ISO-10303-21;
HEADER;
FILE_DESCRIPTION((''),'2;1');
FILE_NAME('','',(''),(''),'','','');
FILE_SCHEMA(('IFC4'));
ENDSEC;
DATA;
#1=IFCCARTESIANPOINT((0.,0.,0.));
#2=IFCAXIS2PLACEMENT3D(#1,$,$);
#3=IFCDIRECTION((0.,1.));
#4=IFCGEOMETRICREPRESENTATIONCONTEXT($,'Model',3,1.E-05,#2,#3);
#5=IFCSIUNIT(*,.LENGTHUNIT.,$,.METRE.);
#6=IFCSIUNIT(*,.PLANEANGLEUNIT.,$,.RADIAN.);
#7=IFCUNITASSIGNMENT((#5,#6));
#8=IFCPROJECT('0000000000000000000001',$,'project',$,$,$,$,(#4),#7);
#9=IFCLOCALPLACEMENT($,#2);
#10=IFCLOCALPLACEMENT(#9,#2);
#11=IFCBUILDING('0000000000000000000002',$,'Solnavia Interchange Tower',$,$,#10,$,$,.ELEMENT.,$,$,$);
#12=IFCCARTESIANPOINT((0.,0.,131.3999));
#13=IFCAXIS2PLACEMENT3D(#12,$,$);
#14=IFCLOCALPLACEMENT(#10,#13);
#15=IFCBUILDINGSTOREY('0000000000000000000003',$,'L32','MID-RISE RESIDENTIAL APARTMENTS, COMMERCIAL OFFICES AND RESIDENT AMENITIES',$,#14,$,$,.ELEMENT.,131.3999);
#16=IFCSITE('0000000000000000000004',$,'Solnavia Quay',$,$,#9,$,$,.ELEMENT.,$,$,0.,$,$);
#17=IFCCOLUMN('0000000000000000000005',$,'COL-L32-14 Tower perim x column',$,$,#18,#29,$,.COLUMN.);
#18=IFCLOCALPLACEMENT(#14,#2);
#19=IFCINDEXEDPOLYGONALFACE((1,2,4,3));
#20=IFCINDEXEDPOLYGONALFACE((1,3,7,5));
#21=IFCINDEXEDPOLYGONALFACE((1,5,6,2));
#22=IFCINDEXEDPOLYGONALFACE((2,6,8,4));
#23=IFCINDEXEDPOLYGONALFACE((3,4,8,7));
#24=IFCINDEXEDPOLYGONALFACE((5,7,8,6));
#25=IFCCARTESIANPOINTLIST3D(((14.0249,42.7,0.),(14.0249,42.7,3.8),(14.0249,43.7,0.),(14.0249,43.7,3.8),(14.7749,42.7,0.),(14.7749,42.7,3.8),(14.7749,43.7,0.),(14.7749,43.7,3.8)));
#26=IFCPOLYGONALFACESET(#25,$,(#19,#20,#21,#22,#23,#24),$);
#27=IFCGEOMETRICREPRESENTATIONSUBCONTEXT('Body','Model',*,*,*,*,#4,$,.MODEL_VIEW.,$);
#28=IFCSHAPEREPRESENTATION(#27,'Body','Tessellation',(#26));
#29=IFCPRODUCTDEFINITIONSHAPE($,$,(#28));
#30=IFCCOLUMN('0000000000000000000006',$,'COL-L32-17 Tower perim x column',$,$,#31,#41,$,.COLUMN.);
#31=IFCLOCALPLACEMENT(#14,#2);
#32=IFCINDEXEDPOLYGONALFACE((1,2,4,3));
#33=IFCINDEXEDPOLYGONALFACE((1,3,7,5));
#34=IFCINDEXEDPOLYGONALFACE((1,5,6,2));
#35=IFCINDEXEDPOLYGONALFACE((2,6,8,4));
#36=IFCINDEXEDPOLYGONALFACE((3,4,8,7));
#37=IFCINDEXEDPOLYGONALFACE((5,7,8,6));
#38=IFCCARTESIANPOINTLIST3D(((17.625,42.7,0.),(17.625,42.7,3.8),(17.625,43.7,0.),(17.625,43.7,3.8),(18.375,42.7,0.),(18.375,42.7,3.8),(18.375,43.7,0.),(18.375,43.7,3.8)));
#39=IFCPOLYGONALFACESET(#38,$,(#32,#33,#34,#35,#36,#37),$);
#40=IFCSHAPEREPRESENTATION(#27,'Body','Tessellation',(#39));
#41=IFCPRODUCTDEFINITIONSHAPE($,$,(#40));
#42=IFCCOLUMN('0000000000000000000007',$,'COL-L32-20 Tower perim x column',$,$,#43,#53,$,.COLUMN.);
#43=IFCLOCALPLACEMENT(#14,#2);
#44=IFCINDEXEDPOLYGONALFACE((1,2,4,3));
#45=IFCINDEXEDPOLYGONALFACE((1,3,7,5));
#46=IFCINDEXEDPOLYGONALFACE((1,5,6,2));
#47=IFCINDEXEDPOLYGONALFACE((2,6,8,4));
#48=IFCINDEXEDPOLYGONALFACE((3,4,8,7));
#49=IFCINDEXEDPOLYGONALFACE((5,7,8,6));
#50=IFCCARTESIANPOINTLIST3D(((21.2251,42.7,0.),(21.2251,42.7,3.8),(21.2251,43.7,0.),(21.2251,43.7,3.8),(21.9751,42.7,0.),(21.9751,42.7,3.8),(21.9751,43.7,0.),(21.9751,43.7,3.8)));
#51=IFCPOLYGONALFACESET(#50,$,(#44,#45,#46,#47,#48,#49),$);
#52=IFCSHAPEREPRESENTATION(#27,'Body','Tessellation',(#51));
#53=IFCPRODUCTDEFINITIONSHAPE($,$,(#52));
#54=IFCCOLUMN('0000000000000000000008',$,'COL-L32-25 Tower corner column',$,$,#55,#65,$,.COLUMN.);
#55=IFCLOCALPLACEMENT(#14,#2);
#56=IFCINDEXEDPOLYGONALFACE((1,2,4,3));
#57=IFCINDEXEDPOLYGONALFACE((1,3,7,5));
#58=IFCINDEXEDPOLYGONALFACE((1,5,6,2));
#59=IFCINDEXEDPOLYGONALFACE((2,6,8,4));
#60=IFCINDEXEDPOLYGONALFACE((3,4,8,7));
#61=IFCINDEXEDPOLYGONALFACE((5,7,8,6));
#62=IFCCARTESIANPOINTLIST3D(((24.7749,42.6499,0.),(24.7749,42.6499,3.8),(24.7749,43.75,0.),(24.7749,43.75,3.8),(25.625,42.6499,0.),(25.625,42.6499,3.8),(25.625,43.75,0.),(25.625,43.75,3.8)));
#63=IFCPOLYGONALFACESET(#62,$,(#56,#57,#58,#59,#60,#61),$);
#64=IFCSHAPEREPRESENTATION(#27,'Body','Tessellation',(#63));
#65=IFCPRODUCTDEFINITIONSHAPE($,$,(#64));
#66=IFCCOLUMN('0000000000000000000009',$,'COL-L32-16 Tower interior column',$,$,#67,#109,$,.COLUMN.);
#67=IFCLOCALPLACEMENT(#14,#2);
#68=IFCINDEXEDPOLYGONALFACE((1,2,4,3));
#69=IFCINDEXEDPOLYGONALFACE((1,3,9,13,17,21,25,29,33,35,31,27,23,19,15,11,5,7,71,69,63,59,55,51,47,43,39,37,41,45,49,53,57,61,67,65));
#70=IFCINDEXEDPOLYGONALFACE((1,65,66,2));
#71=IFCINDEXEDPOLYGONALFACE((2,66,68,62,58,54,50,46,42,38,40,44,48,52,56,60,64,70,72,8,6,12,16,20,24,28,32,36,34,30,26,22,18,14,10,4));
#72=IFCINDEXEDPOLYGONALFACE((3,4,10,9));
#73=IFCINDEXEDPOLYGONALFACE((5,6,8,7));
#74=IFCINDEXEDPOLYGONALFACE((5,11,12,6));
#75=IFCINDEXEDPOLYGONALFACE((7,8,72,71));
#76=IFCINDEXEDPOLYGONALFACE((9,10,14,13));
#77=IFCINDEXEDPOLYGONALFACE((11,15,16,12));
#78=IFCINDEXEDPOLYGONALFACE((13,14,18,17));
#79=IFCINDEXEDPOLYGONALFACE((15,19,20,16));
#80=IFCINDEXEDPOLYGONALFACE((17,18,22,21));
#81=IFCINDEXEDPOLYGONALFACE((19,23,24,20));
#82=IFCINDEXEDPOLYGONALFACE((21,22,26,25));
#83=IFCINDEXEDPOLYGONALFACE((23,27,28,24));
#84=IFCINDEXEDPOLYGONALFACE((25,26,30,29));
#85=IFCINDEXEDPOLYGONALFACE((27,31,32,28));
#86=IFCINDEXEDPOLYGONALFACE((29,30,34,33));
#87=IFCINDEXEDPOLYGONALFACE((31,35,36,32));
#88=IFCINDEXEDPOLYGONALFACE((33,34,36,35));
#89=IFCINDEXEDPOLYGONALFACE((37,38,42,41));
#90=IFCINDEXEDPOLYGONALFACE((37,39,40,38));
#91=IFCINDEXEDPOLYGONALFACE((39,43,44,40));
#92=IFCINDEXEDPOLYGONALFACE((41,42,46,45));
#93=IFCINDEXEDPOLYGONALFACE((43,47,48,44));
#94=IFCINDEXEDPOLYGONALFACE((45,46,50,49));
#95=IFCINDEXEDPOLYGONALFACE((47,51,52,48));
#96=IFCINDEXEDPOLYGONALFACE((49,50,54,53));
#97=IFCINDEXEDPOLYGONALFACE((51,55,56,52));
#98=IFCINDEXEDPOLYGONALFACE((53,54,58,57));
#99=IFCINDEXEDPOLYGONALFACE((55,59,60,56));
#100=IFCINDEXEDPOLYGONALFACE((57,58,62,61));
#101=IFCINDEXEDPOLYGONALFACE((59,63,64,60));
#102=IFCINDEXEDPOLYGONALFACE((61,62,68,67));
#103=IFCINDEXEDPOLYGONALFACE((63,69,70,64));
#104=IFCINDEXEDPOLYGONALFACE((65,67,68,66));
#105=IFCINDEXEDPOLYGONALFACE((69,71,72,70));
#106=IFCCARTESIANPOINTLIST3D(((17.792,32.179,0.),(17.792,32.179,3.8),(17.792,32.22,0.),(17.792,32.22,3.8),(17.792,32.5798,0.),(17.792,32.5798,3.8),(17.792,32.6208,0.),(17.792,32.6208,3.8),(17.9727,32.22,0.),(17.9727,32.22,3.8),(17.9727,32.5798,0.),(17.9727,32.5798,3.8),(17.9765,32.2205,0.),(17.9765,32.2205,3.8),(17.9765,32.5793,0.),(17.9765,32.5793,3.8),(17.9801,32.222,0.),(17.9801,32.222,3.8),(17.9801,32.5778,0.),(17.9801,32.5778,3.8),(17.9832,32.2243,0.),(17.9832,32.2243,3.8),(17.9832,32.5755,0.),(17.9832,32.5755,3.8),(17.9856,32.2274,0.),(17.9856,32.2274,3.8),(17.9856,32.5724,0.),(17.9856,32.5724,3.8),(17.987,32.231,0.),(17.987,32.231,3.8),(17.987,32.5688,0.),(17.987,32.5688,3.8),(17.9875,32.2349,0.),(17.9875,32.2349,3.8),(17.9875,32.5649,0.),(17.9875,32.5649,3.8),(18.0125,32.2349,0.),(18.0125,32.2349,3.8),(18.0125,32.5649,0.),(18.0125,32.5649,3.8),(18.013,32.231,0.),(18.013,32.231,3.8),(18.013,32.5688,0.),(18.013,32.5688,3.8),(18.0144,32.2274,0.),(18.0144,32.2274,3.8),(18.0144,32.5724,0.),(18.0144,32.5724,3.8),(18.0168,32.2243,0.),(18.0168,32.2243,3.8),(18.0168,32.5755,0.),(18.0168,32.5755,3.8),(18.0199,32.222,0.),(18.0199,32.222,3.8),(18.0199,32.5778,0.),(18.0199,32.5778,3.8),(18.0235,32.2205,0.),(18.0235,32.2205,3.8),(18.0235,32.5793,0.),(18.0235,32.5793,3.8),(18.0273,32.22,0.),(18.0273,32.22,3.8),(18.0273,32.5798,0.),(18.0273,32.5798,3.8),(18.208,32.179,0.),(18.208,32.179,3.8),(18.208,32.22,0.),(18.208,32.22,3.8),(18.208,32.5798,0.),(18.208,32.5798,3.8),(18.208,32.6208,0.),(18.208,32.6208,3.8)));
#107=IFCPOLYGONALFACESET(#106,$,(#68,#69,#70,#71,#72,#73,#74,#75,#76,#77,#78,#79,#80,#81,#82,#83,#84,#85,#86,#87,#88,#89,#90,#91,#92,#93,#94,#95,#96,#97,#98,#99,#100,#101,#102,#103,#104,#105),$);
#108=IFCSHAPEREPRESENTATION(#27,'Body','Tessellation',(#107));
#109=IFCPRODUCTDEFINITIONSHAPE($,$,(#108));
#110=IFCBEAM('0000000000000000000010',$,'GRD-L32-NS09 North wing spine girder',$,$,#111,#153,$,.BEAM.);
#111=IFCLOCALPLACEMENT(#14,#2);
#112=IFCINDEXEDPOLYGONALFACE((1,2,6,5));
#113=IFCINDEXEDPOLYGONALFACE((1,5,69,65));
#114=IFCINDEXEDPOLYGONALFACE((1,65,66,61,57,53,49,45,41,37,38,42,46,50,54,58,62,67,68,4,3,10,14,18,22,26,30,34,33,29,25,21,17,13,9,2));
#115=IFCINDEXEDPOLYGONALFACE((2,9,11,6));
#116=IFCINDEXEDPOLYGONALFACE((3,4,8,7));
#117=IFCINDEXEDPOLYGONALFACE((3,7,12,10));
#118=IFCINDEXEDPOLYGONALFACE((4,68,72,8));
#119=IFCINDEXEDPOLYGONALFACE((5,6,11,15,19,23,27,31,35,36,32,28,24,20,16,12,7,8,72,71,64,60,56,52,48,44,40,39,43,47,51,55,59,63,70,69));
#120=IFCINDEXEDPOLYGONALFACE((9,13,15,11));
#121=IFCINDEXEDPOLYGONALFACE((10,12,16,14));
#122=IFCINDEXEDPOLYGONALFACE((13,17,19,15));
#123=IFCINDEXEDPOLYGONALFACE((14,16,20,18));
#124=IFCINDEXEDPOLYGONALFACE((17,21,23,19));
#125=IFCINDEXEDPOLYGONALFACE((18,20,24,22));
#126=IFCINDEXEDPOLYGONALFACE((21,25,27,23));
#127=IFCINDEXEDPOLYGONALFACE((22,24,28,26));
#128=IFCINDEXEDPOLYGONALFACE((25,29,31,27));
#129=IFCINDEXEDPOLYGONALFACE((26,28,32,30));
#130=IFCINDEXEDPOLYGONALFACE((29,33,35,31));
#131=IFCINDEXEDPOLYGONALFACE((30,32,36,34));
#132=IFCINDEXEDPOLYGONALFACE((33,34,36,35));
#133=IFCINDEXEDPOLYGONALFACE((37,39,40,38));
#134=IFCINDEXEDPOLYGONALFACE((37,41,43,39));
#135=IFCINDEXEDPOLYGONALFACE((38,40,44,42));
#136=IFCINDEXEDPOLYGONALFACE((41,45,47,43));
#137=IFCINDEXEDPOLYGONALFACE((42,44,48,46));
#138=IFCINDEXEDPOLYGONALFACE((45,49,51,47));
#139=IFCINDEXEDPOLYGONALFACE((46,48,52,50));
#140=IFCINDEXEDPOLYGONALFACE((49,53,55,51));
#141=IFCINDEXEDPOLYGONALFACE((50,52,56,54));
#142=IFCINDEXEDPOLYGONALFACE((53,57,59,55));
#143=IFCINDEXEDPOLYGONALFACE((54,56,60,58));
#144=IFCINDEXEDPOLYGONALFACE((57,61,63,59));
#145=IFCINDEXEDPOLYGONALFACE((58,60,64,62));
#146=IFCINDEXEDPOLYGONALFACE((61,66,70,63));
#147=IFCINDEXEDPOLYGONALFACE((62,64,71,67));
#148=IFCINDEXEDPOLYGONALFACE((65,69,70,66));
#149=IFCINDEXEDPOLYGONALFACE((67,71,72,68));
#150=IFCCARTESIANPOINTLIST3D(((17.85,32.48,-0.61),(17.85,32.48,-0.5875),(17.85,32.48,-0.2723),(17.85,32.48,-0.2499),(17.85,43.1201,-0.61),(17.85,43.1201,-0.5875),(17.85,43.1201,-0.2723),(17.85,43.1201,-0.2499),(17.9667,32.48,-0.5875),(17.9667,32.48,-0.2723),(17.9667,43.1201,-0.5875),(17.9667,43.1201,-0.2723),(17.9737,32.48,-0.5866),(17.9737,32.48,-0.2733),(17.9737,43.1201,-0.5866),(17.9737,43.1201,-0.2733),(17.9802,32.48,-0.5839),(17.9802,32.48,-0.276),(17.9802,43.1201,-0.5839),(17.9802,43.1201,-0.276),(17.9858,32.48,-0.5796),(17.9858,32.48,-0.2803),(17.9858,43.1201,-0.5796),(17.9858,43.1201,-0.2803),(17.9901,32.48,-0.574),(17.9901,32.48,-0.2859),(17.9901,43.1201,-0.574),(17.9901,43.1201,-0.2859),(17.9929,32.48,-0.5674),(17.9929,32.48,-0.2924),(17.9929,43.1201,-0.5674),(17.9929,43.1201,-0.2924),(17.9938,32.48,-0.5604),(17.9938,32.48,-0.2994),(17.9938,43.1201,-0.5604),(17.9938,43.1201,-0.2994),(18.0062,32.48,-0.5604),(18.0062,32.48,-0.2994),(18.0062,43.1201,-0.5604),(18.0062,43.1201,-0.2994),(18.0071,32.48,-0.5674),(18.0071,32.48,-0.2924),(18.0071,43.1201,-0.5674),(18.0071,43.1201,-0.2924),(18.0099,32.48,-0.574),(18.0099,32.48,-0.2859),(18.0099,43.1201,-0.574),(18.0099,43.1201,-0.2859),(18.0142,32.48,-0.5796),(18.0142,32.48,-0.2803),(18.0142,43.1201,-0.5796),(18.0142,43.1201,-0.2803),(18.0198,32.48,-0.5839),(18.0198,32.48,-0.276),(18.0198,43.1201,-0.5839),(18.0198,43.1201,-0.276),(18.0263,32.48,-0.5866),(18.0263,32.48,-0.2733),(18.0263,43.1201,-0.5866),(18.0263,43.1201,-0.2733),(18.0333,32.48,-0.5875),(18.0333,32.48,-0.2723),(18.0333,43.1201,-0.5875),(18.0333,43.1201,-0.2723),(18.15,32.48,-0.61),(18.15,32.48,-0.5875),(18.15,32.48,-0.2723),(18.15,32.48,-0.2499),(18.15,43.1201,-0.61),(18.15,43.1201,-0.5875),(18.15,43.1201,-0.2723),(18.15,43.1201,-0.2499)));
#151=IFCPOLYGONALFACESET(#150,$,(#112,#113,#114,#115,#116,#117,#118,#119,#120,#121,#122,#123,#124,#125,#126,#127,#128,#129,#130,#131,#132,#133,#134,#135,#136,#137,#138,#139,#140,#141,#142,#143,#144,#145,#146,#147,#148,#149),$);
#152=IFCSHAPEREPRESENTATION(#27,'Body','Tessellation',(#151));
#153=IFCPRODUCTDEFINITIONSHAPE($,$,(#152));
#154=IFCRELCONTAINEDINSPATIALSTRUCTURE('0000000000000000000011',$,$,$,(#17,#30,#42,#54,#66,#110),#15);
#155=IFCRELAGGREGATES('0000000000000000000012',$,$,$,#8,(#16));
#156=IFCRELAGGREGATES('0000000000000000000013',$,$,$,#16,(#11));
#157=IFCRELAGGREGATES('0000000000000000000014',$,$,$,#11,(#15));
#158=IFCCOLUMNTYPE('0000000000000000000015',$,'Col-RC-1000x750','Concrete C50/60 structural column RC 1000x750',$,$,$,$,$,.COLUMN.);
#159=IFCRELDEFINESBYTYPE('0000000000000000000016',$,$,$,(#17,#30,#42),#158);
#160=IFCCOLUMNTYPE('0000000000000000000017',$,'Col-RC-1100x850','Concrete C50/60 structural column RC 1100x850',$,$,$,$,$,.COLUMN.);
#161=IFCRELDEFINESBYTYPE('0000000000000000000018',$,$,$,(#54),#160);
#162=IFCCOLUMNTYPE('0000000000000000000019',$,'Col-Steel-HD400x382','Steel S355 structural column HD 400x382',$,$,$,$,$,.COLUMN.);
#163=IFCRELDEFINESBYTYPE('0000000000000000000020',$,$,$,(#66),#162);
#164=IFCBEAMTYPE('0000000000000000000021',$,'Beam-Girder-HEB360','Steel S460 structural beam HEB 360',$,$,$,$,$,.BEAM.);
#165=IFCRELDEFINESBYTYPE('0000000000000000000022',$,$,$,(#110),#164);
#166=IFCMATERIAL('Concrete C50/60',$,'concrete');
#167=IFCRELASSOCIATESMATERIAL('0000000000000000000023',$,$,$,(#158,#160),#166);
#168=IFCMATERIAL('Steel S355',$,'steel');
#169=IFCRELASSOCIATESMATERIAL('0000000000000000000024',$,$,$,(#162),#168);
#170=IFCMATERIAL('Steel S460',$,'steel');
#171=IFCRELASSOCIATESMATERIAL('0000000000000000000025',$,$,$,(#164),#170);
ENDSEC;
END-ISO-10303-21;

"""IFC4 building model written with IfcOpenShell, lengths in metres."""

from ifc_helpers import new_model, si_unit, direction, frame, origin, origin_2d, place, context, subcontext, project, spatial, rectangle, i_section, extrude, material, material_profile, profile_set, type_object, element, save


model = new_model("IFC4")

# Units and contexts
model_context = context("Model", 3, precision=1e-05, world=origin(), true_north=direction((0.0, 1.0)))
body_context = subcontext(model_context, "Body", "Model", "MODEL_VIEW")
ifc_project = project(units=[si_unit("LENGTHUNIT", "METRE"), si_unit("PLANEANGLEUNIT", "RADIAN")], contexts=[model_context])

# Site, building, storey
site_placement = place(None, origin())
site = spatial("IfcSite", under=ifc_project, at=site_placement, Name="Solnavia Quay", CompositionType="ELEMENT", RefElevation=0.0)
building_placement = place(site_placement, origin())
building = spatial("IfcBuilding", under=site, at=building_placement, Name="Solnavia Interchange Tower", CompositionType="ELEMENT")
storey_placement = place(building_placement, frame((0.0, 0.0, 131.3999)))
storey = spatial("IfcBuildingStorey", under=building, at=storey_placement, Name="L32", Description="MID-RISE RESIDENTIAL APARTMENTS, COMMERCIAL OFFICES AND RESIDENT AMENITIES", CompositionType="ELEMENT", Elevation=131.3999)

# Columns
ifc_material_1 = material(Name="Concrete C50/60", Category="concrete")
ifc_material_profile_1 = material_profile(ifc_material_1, rectangle(XDim=0.75, YDim=1.0, at=origin_2d()), Name="RC 1000x750")
ifc_profile_set_1 = profile_set([ifc_material_profile_1], Name="Concrete C50/60")
column_type_1 = type_object("IfcColumnType", Name="Col-RC-1000x750", Description="Concrete C50/60 structural column RC 1000x750", PredefinedType="COLUMN", material=ifc_profile_set_1)
for number, where, z_axis, x_axis, name in (
    (1, (14.3999, 43.2, 0.0), (0.0, 0.0, 1.0), (1.0, 0.0, 0.0), "COL-L32-14 Tower perim x column"),
    (2, (18.0, 43.2, 0.0), (0.0, 0.0, 1.0), (1.0, 0.0, 0.0), "COL-L32-17 Tower perim x column"),
    (3, (21.6001, 43.2, 0.0), (0.0, 0.0, 1.0), (1.0, 0.0, 0.0), "COL-L32-20 Tower perim x column"),
):
    element("IfcColumn", number, at=place(storey_placement, frame(where, z_axis=z_axis, x_axis=x_axis)), inside=storey, type_object=column_type_1, Name=name, PredefinedType="COLUMN", context=body_context, shape_type="SweptSolid", body=[
        extrude(rectangle(XDim=0.75, YDim=1.0, at=origin_2d()), origin(), (0.0, 0.0, 1.0), 3.8),
    ])
ifc_material_profile_2 = material_profile(ifc_material_1, rectangle(XDim=0.8501, YDim=1.1001, at=origin_2d()), Name="RC 1100x850")
ifc_profile_set_2 = profile_set([ifc_material_profile_2], Name="Concrete C50/60")
column_type_2 = type_object("IfcColumnType", Name="Col-RC-1100x850", Description="Concrete C50/60 structural column RC 1100x850", PredefinedType="COLUMN", material=ifc_profile_set_2)
column_1_placement = place(storey_placement, frame((25.2, 43.2, 0.0), z_axis=(0.0, 0.0, 1.0), x_axis=(1.0, 0.0, 0.0)))
element("IfcColumn", 4, at=column_1_placement, inside=storey, type_object=column_type_2, Name="COL-L32-25 Tower corner column", PredefinedType="COLUMN", context=body_context, shape_type="SweptSolid", body=[
    extrude(rectangle(XDim=0.8501, YDim=1.1001, at=origin_2d()), origin(), (0.0, 0.0, 1.0), 3.8),
])
ifc_material_2 = material(Name="Steel S355", Category="steel")
ifc_material_profile_3 = material_profile(ifc_material_2, i_section(OverallWidth=0.416, OverallDepth=0.4419, WebThickness=0.0249, FlangeThickness=0.041, FilletRadius=0.0149, at=origin_2d()), Name="HD 400x382")
ifc_profile_set_3 = profile_set([ifc_material_profile_3], Name="Steel S355")
column_type_3 = type_object("IfcColumnType", Name="Col-Steel-HD400x382", Description="Steel S355 structural column HD 400x382", PredefinedType="COLUMN", material=ifc_profile_set_3)
column_2_placement = place(storey_placement, frame((18.0, 32.3999, 0.0), z_axis=(0.0, 0.0, 1.0), x_axis=(1.0, 0.0, 0.0)))
element("IfcColumn", 5, at=column_2_placement, inside=storey, type_object=column_type_3, Name="COL-L32-16 Tower interior column", PredefinedType="COLUMN", context=body_context, shape_type="SweptSolid", body=[
    extrude(i_section(OverallWidth=0.416, OverallDepth=0.4419, WebThickness=0.0249, FlangeThickness=0.041, FilletRadius=0.0149, at=origin_2d()), origin(), (0.0, 0.0, 1.0), 3.8),
])

# Beam
ifc_material_3 = material(Name="Steel S460", Category="steel")
ifc_material_profile_4 = material_profile(ifc_material_3, i_section(OverallWidth=0.3, OverallDepth=0.3601, WebThickness=0.0125, FlangeThickness=0.0225, FilletRadius=0.0271, at=origin_2d()), Name="HEB 360")
ifc_profile_set_4 = profile_set([ifc_material_profile_4], Name="Steel S460")
beam_type_1 = type_object("IfcBeamType", Name="Beam-Girder-HEB360", Description="Steel S460 structural beam HEB 360", PredefinedType="BEAM", material=ifc_profile_set_4)
beam_1_placement = place(storey_placement, frame((18.0, 32.48, -0.4299), z_axis=(0.0, 1.0, 0.0), x_axis=(-1.0, 0.0, 0.0)))
element("IfcBeam", 6, at=beam_1_placement, inside=storey, type_object=beam_type_1, Name="GRD-L32-NS09 North wing spine girder", PredefinedType="BEAM", context=body_context, shape_type="SweptSolid", body=[
    extrude(i_section(OverallWidth=0.3, OverallDepth=0.3601, WebThickness=0.0125, FlangeThickness=0.0225, FilletRadius=0.0271, at=origin_2d()), origin(), (0.0, 0.0, 1.0), 10.6401),
])

save(model, "model.ifc")
